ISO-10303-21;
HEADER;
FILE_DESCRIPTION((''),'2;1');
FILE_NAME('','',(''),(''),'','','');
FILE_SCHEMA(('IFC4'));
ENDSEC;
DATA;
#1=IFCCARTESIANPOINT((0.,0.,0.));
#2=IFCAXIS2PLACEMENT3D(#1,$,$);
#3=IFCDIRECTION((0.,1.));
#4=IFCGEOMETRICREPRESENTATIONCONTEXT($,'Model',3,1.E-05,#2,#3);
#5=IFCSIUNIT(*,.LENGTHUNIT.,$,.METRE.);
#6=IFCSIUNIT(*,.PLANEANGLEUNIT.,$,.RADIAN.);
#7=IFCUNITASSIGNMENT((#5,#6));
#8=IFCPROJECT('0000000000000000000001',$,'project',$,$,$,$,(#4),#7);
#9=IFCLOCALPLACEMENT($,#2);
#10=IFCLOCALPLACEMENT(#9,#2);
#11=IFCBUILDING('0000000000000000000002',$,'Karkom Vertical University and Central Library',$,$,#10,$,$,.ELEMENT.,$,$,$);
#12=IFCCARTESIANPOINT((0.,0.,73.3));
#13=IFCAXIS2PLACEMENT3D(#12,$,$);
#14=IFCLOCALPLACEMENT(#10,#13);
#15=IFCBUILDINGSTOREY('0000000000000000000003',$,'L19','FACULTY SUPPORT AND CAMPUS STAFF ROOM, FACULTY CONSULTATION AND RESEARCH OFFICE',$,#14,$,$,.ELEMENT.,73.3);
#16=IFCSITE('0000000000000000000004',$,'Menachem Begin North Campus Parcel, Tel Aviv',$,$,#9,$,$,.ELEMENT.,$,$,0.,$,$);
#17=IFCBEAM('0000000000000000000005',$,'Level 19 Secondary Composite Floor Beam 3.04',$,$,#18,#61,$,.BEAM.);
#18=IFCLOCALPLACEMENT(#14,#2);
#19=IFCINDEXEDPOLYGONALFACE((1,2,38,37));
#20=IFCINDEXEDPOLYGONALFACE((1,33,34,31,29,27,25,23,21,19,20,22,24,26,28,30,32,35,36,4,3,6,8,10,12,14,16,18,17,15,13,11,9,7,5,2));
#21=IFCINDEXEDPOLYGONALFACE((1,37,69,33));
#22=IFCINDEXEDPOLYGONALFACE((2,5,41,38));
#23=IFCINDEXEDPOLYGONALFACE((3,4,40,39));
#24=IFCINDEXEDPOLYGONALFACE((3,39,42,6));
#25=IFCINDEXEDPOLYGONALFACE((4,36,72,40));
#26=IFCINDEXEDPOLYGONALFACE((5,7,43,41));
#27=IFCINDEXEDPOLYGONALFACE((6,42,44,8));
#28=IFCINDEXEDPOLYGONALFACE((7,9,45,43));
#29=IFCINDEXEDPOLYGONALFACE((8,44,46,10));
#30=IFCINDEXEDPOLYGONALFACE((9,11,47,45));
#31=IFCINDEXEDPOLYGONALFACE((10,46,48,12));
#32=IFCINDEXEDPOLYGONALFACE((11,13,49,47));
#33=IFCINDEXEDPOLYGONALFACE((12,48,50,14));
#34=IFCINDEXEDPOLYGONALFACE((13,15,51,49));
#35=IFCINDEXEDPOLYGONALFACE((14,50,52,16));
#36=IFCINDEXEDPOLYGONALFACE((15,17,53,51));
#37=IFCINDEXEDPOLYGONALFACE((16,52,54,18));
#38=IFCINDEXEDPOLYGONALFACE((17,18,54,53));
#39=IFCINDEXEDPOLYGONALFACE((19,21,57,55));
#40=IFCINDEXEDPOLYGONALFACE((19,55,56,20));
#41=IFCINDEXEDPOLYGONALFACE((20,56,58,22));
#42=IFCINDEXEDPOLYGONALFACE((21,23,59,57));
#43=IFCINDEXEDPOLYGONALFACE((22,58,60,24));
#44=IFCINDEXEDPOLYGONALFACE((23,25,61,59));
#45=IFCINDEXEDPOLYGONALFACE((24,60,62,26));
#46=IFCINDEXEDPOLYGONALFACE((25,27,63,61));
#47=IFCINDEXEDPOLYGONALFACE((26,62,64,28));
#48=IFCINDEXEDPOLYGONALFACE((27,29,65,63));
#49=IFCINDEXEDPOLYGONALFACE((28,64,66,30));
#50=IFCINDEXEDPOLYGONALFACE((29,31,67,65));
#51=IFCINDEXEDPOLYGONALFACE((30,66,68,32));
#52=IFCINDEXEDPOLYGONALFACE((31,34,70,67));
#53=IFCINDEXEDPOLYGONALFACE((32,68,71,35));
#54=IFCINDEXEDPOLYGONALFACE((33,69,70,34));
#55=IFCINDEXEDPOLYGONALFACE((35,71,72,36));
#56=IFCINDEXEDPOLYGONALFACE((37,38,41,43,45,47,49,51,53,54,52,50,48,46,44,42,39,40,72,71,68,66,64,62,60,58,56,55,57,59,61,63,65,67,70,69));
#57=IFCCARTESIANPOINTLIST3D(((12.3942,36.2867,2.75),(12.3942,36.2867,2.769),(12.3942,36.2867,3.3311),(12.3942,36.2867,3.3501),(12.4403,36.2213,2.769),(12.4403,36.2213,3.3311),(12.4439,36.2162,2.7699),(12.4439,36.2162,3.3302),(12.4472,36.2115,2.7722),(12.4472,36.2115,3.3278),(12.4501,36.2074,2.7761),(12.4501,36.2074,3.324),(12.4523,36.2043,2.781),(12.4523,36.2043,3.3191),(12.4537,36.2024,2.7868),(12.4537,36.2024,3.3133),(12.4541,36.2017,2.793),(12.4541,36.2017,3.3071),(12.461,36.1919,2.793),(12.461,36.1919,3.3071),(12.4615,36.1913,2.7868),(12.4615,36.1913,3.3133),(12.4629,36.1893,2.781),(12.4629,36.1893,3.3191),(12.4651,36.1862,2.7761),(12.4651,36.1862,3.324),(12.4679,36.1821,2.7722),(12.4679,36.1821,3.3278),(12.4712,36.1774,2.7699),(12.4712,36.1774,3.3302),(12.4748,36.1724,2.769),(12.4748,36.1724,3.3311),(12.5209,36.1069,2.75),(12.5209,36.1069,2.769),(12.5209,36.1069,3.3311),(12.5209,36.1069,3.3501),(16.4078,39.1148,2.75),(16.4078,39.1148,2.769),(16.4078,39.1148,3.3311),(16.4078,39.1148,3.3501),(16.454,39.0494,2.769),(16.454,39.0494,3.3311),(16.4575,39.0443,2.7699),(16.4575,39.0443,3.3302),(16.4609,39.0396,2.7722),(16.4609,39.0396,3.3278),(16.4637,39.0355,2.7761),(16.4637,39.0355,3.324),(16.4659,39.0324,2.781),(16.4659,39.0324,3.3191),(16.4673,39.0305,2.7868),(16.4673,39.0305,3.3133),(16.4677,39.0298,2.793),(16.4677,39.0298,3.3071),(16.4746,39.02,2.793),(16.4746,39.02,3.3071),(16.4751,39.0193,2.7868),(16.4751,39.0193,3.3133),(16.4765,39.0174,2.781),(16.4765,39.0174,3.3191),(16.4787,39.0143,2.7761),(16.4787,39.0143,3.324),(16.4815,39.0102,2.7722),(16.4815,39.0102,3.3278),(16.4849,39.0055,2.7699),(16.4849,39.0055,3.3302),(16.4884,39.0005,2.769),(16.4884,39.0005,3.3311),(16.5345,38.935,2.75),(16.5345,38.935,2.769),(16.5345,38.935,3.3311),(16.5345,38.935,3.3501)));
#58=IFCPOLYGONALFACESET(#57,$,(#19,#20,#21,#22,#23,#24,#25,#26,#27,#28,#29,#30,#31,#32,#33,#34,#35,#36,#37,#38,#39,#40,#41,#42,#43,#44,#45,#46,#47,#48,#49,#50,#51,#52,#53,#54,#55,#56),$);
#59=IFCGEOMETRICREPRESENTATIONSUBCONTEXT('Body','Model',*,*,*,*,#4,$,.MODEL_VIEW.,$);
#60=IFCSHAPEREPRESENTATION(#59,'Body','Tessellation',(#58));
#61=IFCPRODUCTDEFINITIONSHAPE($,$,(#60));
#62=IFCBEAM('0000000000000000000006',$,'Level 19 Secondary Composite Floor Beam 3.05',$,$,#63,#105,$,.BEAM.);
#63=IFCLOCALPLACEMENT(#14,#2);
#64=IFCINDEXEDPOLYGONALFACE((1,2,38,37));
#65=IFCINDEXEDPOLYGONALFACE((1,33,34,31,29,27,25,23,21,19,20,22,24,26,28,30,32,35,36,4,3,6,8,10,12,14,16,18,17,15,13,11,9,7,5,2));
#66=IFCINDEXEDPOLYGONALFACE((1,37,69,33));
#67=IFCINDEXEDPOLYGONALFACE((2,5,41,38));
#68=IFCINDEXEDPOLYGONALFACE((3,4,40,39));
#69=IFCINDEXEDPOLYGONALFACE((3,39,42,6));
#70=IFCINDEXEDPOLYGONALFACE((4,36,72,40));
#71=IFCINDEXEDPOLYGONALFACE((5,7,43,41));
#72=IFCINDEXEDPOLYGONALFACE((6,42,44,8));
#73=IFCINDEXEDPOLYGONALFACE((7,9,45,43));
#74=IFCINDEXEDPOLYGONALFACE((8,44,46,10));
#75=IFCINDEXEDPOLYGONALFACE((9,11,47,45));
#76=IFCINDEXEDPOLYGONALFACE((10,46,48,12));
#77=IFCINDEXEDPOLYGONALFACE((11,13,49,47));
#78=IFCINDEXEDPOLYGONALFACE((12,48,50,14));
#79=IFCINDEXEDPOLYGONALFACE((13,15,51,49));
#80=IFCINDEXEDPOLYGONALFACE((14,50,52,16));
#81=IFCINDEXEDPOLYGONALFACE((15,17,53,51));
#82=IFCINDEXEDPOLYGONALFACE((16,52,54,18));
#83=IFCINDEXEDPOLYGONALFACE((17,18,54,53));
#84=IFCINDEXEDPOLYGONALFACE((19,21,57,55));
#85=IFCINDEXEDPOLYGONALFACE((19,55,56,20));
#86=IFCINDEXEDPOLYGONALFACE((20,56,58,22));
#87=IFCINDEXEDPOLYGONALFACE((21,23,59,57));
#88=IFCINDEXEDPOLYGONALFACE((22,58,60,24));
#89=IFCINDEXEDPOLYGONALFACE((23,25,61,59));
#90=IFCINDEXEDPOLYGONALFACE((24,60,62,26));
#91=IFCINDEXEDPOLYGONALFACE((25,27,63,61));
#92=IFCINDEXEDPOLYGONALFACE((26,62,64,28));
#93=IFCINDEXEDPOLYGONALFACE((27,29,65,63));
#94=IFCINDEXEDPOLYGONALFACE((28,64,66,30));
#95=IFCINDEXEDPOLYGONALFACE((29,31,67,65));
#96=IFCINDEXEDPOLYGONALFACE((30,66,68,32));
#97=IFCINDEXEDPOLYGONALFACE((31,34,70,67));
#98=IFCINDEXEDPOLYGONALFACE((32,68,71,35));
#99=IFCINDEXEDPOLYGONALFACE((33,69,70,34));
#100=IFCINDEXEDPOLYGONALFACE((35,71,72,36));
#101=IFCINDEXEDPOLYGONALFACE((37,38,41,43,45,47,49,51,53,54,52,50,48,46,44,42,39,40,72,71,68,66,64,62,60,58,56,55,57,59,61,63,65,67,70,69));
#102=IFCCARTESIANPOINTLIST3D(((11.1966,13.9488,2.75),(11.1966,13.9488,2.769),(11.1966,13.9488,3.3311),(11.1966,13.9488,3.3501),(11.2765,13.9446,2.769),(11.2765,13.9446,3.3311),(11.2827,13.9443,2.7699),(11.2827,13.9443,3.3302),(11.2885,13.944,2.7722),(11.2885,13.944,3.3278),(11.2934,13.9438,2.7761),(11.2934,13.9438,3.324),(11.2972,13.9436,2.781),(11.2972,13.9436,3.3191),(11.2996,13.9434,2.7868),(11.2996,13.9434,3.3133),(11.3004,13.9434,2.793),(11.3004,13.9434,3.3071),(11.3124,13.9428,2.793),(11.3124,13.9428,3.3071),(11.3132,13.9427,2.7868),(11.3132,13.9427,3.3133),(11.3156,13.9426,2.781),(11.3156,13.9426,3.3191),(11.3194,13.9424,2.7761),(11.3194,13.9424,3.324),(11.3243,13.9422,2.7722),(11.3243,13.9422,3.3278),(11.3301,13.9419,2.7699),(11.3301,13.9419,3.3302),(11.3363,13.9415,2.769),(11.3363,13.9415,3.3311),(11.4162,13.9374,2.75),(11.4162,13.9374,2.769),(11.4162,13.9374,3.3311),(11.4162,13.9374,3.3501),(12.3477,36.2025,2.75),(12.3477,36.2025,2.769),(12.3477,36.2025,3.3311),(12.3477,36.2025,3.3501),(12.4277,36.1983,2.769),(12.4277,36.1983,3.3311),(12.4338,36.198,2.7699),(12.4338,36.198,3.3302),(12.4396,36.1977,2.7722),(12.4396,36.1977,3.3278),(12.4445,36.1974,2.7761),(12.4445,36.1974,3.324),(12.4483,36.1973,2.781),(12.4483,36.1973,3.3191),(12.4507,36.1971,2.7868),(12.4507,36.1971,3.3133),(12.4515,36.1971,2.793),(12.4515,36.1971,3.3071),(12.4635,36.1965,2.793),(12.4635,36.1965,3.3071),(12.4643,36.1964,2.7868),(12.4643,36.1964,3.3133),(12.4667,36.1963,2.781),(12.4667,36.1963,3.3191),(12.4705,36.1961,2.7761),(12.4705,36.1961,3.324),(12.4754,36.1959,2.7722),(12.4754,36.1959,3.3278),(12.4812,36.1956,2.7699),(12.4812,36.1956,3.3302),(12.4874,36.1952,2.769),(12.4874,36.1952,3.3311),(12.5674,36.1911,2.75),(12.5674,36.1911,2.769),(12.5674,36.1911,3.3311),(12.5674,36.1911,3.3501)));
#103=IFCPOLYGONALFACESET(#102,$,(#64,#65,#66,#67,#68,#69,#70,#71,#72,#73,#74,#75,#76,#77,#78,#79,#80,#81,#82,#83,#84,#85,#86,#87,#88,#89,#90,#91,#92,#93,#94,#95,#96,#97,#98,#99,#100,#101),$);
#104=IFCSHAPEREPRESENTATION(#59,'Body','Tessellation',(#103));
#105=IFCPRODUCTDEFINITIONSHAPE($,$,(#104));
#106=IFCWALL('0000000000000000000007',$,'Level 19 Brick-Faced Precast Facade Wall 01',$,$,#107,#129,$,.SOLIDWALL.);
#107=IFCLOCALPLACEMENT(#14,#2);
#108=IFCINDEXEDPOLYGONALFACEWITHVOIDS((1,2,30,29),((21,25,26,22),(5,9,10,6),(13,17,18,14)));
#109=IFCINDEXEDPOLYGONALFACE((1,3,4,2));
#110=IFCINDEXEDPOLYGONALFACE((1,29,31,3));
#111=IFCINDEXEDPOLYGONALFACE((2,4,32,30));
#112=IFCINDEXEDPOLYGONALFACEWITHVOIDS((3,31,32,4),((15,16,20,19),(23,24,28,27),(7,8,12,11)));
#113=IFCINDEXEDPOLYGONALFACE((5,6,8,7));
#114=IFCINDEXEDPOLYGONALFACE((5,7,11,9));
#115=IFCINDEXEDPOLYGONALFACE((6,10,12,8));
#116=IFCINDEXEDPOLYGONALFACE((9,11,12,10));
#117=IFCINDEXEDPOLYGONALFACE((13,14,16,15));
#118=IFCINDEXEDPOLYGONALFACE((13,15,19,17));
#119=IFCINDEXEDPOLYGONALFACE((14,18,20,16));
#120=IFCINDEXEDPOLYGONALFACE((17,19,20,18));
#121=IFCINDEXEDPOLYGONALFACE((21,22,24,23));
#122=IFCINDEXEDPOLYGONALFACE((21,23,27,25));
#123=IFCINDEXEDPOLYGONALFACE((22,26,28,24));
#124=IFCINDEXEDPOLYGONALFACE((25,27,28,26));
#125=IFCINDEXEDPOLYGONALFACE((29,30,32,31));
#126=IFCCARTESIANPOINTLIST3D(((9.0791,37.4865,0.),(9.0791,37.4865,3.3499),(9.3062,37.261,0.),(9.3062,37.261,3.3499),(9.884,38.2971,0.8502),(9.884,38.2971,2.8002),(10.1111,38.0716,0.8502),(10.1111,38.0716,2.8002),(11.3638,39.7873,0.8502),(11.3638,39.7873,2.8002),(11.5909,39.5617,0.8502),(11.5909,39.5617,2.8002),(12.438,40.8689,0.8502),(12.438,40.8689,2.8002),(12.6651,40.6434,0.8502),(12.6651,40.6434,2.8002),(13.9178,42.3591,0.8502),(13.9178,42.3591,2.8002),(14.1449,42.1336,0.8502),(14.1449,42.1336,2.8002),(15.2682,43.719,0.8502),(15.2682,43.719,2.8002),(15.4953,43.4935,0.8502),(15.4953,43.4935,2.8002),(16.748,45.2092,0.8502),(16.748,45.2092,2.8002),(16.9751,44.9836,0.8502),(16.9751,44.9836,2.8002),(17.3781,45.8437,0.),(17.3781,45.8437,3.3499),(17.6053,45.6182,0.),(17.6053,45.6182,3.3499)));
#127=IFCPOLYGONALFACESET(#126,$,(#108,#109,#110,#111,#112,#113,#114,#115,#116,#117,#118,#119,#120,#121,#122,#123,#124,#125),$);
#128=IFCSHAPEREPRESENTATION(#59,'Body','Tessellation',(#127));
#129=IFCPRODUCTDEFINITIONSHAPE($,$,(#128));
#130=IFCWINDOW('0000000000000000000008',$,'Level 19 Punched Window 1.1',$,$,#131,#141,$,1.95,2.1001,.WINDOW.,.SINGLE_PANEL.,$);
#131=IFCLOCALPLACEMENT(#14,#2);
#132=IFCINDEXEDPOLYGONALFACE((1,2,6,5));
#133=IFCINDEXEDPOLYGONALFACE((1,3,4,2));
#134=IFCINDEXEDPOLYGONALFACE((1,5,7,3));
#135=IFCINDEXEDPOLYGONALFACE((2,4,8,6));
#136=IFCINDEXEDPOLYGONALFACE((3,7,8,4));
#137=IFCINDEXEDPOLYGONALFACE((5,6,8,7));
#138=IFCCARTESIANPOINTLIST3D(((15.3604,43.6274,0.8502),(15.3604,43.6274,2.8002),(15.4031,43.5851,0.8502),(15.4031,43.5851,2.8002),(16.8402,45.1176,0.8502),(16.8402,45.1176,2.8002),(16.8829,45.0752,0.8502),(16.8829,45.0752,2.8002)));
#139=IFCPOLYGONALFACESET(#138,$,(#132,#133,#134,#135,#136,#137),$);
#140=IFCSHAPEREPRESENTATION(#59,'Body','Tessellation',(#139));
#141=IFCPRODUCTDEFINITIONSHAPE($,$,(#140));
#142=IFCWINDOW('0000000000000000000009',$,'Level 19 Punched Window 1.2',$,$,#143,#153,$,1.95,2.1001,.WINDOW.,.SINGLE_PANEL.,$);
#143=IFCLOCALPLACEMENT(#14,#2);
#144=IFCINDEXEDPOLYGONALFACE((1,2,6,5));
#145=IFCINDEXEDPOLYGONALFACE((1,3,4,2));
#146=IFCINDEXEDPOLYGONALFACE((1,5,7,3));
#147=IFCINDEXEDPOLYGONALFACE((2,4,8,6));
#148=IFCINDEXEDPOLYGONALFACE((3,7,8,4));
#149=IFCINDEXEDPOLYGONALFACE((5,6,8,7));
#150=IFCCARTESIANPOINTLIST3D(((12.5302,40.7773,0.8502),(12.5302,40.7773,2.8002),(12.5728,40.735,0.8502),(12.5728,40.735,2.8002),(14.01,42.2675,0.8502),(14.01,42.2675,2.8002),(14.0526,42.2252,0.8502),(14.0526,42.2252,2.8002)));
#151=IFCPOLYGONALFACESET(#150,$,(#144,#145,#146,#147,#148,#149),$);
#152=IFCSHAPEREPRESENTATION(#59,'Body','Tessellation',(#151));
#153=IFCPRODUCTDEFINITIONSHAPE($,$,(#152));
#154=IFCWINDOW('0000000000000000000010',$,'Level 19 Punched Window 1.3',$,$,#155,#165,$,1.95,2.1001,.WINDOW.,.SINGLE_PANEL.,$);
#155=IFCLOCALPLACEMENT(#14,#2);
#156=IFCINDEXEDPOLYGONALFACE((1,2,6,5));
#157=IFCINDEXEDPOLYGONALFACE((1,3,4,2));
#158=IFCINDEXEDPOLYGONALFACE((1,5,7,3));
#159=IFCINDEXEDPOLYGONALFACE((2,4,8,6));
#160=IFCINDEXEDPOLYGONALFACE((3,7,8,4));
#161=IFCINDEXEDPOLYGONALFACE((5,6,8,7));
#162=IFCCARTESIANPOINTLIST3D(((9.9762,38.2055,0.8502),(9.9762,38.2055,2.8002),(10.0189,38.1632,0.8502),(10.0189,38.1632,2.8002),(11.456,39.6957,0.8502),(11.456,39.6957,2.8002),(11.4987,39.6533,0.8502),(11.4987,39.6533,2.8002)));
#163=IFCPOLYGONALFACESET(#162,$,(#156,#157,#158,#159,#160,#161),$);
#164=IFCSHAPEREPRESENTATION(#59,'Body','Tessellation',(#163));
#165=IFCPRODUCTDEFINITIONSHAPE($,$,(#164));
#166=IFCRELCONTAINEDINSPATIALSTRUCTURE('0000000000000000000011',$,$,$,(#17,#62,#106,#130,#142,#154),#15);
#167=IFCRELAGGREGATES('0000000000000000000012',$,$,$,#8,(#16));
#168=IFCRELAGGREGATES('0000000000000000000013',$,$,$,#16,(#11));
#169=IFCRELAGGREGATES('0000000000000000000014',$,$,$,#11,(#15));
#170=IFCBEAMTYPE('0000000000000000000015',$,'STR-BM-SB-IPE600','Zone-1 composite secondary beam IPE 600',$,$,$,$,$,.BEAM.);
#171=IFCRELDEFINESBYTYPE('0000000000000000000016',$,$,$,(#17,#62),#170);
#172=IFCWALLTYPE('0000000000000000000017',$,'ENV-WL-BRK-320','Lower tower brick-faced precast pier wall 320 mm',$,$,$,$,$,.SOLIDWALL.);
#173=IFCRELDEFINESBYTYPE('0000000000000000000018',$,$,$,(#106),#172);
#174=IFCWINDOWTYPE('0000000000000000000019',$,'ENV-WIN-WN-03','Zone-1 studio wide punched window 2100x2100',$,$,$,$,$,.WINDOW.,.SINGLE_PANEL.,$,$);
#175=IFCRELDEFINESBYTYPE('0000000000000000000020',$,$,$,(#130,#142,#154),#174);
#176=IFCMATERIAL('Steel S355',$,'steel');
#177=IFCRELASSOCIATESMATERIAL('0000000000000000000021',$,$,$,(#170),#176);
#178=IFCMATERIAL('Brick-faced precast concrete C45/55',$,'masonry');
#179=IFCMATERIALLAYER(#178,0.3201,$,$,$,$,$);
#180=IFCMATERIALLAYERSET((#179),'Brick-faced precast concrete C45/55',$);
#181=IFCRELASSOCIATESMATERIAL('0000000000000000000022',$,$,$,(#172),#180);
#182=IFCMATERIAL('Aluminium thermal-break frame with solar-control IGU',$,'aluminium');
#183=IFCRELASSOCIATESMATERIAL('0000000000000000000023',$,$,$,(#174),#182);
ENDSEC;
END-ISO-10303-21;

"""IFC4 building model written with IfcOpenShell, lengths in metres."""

from ifc_helpers import new_model, si_unit, direction, frame, frame_2d, origin, origin_with_axes, origin_2d, place, context, subcontext, project, spatial, rectangle, i_section, extrude, source, transform, mapped, material, layer, layer_set, material_profile, profile_set, type_object, element, fill, save


model = new_model("IFC4")

# Units and contexts
model_context = context("Model", 3, precision=1e-05, world=origin(), true_north=direction((0.0, 1.0)))
body_context = subcontext(model_context, "Body", "Model", "MODEL_VIEW")
ifc_project = project(units=[si_unit("LENGTHUNIT", "METRE"), si_unit("PLANEANGLEUNIT", "RADIAN")], contexts=[model_context])

# Site, building, storey
site_placement = place(None, origin())
site = spatial("IfcSite", under=ifc_project, at=site_placement, Name="Menachem Begin North Campus Parcel, Tel Aviv", CompositionType="ELEMENT", RefElevation=0.0)
building_placement = place(site_placement, origin())
building = spatial("IfcBuilding", under=site, at=building_placement, Name="Karkom Vertical University and Central Library", CompositionType="ELEMENT")
storey_placement = place(building_placement, frame((0.0, 0.0, 73.3)))
storey = spatial("IfcBuildingStorey", under=building, at=storey_placement, Name="L19", Description="FACULTY SUPPORT AND CAMPUS STAFF ROOM, FACULTY CONSULTATION AND RESEARCH OFFICE", CompositionType="ELEMENT", Elevation=73.3)

# Beams
ifc_material_1 = material(Name="Steel S355", Category="steel")
ifc_material_profile_1 = material_profile(ifc_material_1, i_section(OverallWidth=0.22, OverallDepth=0.6001, WebThickness=0.012, FlangeThickness=0.019, FilletRadius=0.0239, at=origin_2d()), Name="IPE 600")
ifc_profile_set_1 = profile_set([ifc_material_profile_1], Name="Steel S355")
beam_type_1 = type_object("IfcBeamType", Name="STR-BM-SB-IPE600", Description="Zone-1 composite secondary beam IPE 600", PredefinedType="BEAM", material=ifc_profile_set_1)
shared_shape_1 = source(origin_with_axes(), body_context, "Body", "SweptSolid", [
    extrude(i_section(OverallWidth=0.22, OverallDepth=0.6001, WebThickness=0.012, FlangeThickness=0.019, FilletRadius=0.0239, at=origin_2d()), origin(), (0.0, 0.0, 1.0), 4.9099),
])
beam_1_placement = place(storey_placement, frame((16.4712, 39.0249, 3.05), z_axis=(-0.817453, -0.575996, 0.0), x_axis=(0.575996, -0.817453, 0.0)))
element("IfcBeam", 1, at=beam_1_placement, inside=storey, type_object=beam_type_1, Name="Level 19 Secondary Composite Floor Beam 3.04", PredefinedType="BEAM", context=body_context, shape_type="MappedRepresentation", body=[
    mapped(shared_shape_1, transform((0.0, 0.0, 0.0), scale=1.0)),
])
shared_shape_2 = source(origin_with_axes(), body_context, "Body", "SweptSolid", [
    extrude(i_section(OverallWidth=0.22, OverallDepth=0.6001, WebThickness=0.012, FlangeThickness=0.019, FilletRadius=0.0239, at=origin_2d()), origin(), (0.0, 0.0, 1.0), 22.2834),
])
beam_2_placement = place(storey_placement, frame((12.4575, 36.1968, 3.05), z_axis=(-0.051658, -0.998665, 0.0), x_axis=(0.998665, -0.051658, 0.0)))
element("IfcBeam", 2, at=beam_2_placement, inside=storey, type_object=beam_type_1, Name="Level 19 Secondary Composite Floor Beam 3.05", PredefinedType="BEAM", context=body_context, shape_type="MappedRepresentation", body=[
    mapped(shared_shape_2, transform((0.0, 0.0, 0.0), scale=1.0)),
])

# Wall, openings, windows
ifc_material_2 = material(Name="Brick-faced precast concrete C45/55", Category="masonry")
ifc_layer_1 = layer(ifc_material_2, 0.3201)
ifc_layer_set_1 = layer_set([ifc_layer_1], Name="Brick-faced precast concrete C45/55")
wall_type_1 = type_object("IfcWallType", Name="ENV-WL-BRK-320", Description="Lower tower brick-faced precast pier wall 320 mm", PredefinedType="SOLIDWALL", material=ifc_layer_set_1)
wall_1_placement = place(storey_placement, frame((17.4917, 45.731, 0.0), z_axis=(0.0, 0.0, 1.0), x_axis=(-0.704636, -0.709569, 0.0)))
wall_1 = element("IfcWall", 3, at=wall_1_placement, inside=storey, type_object=wall_type_1, Name="Level 19 Brick-Faced Precast Facade Wall 01", PredefinedType="SOLIDWALL", context=body_context, shape_type="SweptSolid", body=[
    extrude(rectangle(XDim=11.7778, YDim=0.3201, at=frame_2d((5.8889, 0.0))), origin(), (0.0, 0.0, 1.0), 3.3499),
])
opening_1_placement = place(wall_1_placement, frame((0.8943, 0.0, 0.8501)))
opening_1 = element("IfcOpeningElement", 4, at=opening_1_placement, cuts=wall_1, PredefinedType="OPENING", context=body_context, shape_type="SweptSolid", body=[
    extrude(rectangle(XDim=2.1001, YDim=1.95, at=frame_2d((1.05, 0.9751))), frame((0.0, 0.1699, 0.0), z_axis=(0.0, -1.0, 0.0), x_axis=(1.0, 0.0, 0.0)), (0.0, 0.0, 1.0), 0.3401),
])
opening_2_placement = place(wall_1_placement, frame((4.9109, 0.0, 0.8501)))
opening_2 = element("IfcOpeningElement", 5, at=opening_2_placement, cuts=wall_1, PredefinedType="OPENING", context=body_context, shape_type="SweptSolid", body=[
    extrude(rectangle(XDim=2.1001, YDim=1.95, at=frame_2d((1.05, 0.9751))), frame((0.0, 0.1699, 0.0), z_axis=(0.0, -1.0, 0.0), x_axis=(1.0, 0.0, 0.0)), (0.0, 0.0, 1.0), 0.3401),
])
opening_3_placement = place(wall_1_placement, frame((8.5354, 0.0, 0.8501)))
opening_3 = element("IfcOpeningElement", 6, at=opening_3_placement, cuts=wall_1, PredefinedType="OPENING", context=body_context, shape_type="SweptSolid", body=[
    extrude(rectangle(XDim=2.1001, YDim=1.95, at=frame_2d((1.05, 0.9751))), frame((0.0, 0.1699, 0.0), z_axis=(0.0, -1.0, 0.0), x_axis=(1.0, 0.0, 0.0)), (0.0, 0.0, 1.0), 0.3401),
])
ifc_material_3 = material(Name="Aluminium thermal-break frame with solar-control IGU", Category="aluminium")
window_type = type_object("IfcWindowType", Name="ENV-WIN-WN-03", Description="Zone-1 studio wide punched window 2100x2100", PartitioningType="SINGLE_PANEL", PredefinedType="WINDOW", material=ifc_material_3)
shared_shape_3 = source(origin_with_axes(), body_context, "Body", "SweptSolid", [
    extrude(rectangle(XDim=2.1001, YDim=1.95, at=frame_2d((1.05, 0.9751))), frame((0.0, 0.03, 0.0), z_axis=(0.0, -1.0, 0.0), x_axis=(1.0, 0.0, 0.0)), (0.0, 0.0, 1.0), 0.0601),
])
window_1_placement = place(opening_1_placement, origin())
window_1 = element("IfcWindow", 7, at=window_1_placement, inside=storey, type_object=window_type, Name="Level 19 Punched Window 1.1", OverallHeight=1.95, OverallWidth=2.1001, PartitioningType="SINGLE_PANEL", PredefinedType="WINDOW", context=body_context, shape_type="MappedRepresentation", body=[
    mapped(shared_shape_3, transform((0.0, 0.0, 0.0), scale=1.0)),
])
fill(opening_1, window_1)
window_2_placement = place(opening_2_placement, origin())
window_2 = element("IfcWindow", 8, at=window_2_placement, inside=storey, type_object=window_type, Name="Level 19 Punched Window 1.2", OverallHeight=1.95, OverallWidth=2.1001, PartitioningType="SINGLE_PANEL", PredefinedType="WINDOW", context=body_context, shape_type="MappedRepresentation", body=[
    mapped(shared_shape_3, transform((0.0, 0.0, 0.0), scale=1.0)),
])
fill(opening_2, window_2)
window_3_placement = place(opening_3_placement, origin())
window_3 = element("IfcWindow", 9, at=window_3_placement, inside=storey, type_object=window_type, Name="Level 19 Punched Window 1.3", OverallHeight=1.95, OverallWidth=2.1001, PartitioningType="SINGLE_PANEL", PredefinedType="WINDOW", context=body_context, shape_type="MappedRepresentation", body=[
    mapped(shared_shape_3, transform((0.0, 0.0, 0.0), scale=1.0)),
])
fill(opening_3, window_3)

save(model, "model.ifc")
